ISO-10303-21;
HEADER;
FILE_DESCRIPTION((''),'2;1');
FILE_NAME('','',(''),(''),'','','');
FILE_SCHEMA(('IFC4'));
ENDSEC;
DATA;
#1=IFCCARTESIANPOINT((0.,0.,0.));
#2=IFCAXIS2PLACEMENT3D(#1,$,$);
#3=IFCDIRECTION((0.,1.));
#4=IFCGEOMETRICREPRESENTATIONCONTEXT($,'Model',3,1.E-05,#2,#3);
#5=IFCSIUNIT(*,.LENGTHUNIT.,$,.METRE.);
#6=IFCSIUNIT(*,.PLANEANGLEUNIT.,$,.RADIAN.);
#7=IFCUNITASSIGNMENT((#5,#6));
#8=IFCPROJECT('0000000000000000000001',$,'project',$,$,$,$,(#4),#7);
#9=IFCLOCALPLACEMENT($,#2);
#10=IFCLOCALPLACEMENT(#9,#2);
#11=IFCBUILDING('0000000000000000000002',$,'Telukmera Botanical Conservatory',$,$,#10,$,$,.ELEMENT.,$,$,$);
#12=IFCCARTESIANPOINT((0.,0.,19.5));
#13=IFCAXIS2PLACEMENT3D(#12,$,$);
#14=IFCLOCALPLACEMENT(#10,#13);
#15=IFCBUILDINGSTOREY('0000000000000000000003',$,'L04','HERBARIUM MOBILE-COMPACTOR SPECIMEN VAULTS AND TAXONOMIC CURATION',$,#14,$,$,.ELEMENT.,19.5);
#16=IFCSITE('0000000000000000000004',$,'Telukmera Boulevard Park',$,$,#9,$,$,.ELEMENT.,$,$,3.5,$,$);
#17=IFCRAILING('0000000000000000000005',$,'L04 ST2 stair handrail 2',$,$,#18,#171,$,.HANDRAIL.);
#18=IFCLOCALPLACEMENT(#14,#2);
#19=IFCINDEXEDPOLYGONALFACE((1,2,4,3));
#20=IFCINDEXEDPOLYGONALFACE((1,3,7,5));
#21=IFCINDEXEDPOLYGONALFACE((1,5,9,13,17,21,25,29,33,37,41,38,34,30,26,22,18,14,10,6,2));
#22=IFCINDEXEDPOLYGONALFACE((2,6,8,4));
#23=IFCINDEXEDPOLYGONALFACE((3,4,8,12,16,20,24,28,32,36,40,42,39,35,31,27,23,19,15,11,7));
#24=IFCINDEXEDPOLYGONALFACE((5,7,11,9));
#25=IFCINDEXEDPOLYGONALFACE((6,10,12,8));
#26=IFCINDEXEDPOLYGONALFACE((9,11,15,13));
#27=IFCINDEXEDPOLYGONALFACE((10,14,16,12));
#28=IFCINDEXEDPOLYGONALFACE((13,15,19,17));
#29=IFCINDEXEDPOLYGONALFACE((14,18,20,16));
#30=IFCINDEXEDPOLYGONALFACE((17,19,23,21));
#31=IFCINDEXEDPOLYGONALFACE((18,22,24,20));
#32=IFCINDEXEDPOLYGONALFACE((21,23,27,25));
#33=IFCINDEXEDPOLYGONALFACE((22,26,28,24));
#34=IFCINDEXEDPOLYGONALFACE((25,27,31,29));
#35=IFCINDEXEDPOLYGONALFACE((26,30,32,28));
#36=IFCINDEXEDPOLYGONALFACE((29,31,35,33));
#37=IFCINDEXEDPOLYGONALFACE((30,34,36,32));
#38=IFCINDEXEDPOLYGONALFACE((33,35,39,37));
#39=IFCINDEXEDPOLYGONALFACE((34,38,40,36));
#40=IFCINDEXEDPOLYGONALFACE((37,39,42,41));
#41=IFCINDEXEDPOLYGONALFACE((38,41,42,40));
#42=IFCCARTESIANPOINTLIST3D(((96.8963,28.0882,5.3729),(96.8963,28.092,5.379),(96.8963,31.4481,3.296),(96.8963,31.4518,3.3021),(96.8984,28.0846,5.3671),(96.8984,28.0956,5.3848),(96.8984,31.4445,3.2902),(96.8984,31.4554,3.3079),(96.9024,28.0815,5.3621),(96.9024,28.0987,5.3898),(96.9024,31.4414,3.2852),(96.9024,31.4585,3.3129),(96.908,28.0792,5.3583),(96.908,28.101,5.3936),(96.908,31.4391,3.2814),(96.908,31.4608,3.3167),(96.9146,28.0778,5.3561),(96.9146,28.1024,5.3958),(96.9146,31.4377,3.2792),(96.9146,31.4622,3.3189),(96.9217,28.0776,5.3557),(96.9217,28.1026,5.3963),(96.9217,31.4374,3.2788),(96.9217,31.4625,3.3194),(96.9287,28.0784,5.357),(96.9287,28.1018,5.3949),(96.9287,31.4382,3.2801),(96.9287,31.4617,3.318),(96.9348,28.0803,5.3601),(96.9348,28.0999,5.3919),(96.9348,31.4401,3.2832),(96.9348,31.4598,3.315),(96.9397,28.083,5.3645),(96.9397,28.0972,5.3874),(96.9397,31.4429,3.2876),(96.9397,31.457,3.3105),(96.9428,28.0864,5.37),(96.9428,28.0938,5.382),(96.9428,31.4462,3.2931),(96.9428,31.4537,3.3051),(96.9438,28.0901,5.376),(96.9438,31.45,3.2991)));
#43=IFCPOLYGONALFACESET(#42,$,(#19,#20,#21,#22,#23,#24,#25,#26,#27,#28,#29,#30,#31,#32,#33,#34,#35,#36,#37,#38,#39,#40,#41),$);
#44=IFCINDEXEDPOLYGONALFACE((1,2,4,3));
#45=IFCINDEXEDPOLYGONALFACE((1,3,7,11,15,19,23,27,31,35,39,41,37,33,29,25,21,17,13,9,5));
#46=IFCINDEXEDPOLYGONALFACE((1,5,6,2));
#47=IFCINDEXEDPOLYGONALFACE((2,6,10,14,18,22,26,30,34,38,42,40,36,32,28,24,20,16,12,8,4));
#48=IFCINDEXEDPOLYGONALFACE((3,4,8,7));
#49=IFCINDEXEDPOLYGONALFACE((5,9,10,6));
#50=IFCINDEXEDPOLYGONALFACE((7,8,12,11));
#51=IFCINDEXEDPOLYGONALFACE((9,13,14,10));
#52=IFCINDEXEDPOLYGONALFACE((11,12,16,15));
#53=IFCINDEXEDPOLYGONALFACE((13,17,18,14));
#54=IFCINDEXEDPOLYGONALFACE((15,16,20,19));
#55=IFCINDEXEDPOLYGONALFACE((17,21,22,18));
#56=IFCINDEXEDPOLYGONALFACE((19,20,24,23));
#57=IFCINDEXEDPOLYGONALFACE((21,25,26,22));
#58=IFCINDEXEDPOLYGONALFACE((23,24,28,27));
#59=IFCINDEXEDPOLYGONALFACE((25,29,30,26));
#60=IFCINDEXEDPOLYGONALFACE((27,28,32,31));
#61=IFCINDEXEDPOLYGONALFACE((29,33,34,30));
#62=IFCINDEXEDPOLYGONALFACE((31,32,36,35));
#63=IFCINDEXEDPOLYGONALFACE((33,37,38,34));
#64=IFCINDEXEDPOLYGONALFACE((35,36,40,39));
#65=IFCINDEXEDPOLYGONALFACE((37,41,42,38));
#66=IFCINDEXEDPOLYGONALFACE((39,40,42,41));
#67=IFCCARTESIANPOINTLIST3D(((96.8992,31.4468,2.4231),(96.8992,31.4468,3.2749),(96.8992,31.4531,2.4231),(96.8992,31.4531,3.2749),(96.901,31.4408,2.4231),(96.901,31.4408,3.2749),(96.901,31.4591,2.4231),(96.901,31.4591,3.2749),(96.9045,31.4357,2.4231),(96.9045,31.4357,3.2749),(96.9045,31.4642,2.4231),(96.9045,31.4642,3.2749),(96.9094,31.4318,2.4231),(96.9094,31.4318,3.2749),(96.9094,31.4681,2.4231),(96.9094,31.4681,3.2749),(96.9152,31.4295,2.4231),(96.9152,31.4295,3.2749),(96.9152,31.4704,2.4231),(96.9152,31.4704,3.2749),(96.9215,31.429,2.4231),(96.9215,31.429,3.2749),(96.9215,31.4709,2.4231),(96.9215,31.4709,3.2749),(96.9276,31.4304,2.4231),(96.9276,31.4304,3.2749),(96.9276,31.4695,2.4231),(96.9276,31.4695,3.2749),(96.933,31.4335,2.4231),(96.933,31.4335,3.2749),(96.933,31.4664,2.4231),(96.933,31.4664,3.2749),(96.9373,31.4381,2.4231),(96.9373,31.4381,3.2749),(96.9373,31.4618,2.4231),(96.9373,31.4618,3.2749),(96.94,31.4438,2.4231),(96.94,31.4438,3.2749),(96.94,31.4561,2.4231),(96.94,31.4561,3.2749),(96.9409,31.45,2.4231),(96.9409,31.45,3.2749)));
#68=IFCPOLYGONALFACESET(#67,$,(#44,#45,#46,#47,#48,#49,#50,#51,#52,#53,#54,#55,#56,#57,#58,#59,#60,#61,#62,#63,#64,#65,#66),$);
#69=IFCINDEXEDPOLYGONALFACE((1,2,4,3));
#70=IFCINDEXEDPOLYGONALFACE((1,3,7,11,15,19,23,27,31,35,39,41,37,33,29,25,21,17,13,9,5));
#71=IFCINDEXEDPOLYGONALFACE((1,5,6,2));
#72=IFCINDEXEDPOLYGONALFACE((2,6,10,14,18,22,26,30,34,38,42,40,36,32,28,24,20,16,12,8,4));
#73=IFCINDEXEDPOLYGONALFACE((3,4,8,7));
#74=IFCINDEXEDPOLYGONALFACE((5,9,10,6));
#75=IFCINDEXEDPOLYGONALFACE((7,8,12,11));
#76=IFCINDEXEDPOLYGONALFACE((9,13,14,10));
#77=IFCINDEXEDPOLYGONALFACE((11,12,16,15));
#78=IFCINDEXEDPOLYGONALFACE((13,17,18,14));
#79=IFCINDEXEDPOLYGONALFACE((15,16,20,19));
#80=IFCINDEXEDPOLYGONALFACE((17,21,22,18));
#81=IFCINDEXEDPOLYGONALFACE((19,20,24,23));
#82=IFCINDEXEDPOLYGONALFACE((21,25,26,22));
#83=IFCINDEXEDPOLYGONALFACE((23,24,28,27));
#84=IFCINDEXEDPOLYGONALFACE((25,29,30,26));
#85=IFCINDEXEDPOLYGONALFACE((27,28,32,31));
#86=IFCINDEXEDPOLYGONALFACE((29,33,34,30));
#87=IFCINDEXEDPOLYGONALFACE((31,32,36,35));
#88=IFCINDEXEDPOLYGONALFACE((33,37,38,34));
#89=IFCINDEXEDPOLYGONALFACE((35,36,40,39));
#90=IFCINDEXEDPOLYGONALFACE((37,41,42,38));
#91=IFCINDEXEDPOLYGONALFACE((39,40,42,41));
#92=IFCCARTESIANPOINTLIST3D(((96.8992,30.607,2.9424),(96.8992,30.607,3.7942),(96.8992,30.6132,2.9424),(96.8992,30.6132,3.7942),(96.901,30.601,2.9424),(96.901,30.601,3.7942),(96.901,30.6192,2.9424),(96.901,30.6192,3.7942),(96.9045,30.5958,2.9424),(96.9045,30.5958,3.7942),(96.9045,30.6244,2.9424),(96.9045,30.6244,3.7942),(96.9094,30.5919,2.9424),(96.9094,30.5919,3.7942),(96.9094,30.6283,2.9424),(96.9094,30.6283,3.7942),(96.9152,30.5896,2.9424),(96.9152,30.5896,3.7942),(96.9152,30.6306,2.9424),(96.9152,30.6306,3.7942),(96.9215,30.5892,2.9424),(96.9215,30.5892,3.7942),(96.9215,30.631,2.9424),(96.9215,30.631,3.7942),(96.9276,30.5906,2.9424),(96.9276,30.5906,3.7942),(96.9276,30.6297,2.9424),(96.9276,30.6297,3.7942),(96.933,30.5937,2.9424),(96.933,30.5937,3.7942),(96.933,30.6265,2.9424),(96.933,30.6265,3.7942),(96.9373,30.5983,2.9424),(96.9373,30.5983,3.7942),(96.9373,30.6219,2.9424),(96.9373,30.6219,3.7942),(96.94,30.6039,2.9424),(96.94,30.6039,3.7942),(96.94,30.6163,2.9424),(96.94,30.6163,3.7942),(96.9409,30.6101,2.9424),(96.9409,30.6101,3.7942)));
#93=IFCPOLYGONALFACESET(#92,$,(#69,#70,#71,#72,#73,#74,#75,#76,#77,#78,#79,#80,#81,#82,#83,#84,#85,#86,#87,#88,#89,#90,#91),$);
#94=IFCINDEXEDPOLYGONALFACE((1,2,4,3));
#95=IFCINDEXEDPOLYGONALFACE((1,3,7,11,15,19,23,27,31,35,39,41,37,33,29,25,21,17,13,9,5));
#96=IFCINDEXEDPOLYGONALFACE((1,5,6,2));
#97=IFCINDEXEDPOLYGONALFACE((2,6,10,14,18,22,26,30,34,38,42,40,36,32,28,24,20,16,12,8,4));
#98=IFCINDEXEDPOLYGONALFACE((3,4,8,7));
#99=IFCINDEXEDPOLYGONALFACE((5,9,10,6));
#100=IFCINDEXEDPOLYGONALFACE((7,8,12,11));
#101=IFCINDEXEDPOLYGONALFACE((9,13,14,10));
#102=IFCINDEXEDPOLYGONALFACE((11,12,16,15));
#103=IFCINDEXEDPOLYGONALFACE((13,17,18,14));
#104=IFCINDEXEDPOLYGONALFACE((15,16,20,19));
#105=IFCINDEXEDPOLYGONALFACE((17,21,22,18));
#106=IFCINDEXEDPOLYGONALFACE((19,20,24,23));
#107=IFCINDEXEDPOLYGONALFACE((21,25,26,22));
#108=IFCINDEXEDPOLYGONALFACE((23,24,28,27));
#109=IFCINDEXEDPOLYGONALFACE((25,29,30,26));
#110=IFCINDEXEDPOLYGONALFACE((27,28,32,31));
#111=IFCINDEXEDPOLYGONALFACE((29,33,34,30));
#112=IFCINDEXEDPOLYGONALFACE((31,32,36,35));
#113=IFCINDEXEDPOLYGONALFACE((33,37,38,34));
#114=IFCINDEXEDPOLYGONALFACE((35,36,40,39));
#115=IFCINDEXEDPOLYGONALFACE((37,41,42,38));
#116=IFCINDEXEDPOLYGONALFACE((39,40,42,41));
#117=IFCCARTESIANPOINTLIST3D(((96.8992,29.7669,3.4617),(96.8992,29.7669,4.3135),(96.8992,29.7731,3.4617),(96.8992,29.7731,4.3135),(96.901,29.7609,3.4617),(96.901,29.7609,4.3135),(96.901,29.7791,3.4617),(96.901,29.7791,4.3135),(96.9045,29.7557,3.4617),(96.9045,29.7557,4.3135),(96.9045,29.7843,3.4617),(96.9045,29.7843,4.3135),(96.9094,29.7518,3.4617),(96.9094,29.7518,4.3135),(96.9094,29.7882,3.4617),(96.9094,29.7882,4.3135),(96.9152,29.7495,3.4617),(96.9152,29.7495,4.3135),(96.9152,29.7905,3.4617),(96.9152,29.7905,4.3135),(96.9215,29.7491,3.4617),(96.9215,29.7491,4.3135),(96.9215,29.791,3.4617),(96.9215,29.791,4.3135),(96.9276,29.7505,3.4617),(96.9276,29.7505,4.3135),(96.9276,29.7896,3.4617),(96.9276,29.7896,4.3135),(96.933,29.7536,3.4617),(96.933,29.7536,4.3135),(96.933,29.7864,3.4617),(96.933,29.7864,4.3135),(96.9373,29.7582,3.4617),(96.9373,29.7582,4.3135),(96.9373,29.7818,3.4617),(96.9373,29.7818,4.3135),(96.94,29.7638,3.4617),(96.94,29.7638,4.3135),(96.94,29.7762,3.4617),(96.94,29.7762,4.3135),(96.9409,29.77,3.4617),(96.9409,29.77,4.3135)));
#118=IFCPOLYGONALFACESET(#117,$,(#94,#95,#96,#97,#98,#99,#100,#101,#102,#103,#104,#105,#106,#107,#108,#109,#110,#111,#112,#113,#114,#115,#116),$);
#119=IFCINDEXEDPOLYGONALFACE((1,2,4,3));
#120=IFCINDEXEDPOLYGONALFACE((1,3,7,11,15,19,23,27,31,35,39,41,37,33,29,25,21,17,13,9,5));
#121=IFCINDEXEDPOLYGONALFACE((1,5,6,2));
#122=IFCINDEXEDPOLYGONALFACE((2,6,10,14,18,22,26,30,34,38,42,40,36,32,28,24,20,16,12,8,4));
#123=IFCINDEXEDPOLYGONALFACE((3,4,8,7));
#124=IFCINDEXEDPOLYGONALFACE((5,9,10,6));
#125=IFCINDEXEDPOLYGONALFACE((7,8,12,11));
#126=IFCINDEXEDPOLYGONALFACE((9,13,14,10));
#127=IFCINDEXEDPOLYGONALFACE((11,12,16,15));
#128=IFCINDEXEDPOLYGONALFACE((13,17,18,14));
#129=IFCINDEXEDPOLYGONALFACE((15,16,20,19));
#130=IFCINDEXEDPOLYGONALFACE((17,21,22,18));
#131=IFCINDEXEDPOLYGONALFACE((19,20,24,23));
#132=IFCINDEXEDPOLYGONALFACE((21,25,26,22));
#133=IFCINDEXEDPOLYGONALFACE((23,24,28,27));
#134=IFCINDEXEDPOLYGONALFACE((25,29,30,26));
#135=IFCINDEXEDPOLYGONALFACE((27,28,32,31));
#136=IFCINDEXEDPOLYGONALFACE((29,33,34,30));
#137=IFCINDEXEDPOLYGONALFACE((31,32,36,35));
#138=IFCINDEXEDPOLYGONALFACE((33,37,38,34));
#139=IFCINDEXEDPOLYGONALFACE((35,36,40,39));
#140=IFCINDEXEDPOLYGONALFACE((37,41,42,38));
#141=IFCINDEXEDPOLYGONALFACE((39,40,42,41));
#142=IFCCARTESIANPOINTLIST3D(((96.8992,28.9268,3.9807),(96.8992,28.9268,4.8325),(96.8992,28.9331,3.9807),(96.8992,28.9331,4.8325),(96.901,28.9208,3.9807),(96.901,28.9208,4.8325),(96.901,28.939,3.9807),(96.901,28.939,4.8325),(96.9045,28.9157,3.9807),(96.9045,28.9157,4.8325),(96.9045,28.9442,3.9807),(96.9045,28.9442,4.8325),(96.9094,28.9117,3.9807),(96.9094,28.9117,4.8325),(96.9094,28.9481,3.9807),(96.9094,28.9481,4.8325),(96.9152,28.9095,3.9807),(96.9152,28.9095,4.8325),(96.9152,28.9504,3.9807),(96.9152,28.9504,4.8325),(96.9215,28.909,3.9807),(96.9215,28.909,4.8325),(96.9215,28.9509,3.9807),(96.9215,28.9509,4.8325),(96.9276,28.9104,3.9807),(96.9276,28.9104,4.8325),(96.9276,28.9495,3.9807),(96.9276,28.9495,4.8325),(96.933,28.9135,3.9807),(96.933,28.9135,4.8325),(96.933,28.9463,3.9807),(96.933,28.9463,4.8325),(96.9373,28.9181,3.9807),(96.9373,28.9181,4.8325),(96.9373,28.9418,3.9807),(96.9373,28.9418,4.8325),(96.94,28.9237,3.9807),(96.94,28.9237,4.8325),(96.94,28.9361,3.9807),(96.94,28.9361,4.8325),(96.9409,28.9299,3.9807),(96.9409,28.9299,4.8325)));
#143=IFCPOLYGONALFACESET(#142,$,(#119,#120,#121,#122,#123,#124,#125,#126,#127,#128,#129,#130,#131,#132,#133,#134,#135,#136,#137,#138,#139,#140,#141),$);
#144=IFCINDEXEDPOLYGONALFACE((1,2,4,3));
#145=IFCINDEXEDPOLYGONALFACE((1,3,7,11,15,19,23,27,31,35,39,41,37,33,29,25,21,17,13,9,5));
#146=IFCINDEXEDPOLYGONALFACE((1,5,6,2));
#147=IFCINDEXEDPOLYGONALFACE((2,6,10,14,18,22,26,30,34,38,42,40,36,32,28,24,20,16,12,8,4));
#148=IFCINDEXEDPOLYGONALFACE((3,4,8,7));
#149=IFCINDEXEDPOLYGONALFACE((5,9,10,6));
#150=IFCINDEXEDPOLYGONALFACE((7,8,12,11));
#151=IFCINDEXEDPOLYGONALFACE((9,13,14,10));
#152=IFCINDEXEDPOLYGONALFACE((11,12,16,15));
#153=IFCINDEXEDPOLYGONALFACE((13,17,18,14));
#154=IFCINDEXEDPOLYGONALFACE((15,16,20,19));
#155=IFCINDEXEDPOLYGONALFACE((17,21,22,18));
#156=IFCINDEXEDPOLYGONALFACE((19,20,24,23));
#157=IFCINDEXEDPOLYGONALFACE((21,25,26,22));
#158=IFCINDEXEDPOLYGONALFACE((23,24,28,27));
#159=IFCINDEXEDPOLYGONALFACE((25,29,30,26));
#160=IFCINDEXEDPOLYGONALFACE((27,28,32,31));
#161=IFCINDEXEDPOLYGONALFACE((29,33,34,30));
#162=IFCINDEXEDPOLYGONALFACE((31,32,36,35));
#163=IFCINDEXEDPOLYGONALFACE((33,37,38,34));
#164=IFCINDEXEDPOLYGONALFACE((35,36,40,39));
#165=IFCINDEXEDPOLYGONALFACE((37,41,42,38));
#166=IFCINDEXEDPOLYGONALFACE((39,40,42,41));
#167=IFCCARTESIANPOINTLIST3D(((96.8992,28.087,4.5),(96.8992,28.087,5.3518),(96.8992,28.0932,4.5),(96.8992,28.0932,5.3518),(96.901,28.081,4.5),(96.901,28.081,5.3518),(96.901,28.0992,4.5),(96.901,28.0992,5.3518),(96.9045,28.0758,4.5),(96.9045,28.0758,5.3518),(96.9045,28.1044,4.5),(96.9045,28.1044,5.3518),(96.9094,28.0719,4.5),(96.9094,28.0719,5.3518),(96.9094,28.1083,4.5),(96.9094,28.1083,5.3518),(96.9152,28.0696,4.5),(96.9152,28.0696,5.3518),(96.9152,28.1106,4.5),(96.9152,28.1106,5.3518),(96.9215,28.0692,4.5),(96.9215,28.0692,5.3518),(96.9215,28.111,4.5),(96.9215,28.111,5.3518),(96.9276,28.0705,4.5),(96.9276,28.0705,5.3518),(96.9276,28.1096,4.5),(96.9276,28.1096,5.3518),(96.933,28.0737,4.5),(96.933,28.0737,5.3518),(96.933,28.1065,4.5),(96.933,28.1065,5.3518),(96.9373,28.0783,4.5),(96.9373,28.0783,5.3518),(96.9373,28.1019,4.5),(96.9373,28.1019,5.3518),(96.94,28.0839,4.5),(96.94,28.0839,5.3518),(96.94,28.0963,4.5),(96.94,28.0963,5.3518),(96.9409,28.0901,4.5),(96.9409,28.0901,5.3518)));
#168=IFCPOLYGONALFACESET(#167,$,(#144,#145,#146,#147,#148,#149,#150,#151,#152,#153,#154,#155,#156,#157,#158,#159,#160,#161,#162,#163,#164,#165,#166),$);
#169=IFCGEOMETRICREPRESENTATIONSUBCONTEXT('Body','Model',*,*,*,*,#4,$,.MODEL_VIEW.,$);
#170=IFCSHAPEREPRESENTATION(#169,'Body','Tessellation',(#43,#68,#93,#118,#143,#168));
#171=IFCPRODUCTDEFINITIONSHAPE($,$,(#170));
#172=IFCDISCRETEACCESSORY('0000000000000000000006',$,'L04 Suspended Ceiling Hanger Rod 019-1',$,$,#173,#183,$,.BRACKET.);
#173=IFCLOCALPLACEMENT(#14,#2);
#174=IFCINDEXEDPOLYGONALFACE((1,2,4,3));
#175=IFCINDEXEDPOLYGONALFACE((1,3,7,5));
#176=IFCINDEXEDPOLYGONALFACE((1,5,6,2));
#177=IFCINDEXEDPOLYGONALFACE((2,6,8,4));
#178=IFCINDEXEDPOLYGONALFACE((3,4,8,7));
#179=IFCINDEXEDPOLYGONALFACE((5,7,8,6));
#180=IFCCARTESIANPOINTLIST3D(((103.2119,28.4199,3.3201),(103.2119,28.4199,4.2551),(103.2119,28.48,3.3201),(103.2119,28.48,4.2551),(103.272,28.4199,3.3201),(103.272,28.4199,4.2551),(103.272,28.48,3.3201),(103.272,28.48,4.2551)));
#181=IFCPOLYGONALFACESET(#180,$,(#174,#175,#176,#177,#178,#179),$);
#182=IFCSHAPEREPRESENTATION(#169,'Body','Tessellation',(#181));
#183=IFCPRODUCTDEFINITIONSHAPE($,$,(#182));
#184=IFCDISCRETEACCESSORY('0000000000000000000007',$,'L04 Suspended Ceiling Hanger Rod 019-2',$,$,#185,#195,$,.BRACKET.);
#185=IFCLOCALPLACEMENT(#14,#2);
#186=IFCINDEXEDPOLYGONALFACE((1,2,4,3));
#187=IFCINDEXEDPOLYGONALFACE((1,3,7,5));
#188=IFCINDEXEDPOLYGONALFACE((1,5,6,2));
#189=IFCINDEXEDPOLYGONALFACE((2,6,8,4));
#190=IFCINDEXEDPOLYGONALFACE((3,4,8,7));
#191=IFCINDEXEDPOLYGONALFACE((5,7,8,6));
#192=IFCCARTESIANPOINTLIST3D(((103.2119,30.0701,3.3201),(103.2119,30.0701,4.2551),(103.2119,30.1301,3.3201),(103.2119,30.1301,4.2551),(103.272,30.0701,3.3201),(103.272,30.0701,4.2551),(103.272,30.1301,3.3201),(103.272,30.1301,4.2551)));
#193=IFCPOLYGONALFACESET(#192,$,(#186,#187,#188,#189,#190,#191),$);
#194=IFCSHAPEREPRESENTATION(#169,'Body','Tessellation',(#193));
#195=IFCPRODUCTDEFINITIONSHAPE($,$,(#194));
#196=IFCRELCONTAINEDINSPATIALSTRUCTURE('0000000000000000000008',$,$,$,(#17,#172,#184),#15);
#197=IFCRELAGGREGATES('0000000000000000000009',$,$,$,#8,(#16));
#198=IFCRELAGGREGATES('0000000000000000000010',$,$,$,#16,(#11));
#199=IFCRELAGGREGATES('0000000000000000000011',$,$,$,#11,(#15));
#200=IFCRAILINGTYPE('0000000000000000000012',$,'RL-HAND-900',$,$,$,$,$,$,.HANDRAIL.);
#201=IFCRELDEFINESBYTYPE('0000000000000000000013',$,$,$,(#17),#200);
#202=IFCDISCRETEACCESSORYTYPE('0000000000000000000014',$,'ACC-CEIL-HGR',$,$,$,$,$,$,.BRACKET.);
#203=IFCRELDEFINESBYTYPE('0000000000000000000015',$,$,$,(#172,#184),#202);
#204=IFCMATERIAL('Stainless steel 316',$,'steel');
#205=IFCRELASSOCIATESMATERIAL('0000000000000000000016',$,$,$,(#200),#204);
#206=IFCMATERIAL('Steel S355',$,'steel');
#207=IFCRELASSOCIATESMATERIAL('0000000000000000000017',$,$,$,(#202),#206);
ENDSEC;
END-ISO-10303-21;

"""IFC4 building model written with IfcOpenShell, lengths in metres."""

from ifc_helpers import new_model, si_unit, direction, frame, origin, origin_2d, place, context, subcontext, project, spatial, rectangle, circle, extrude, material, type_object, element, save


model = new_model("IFC4")

# Units and contexts
model_context = context("Model", 3, precision=1e-05, world=origin(), true_north=direction((0.0, 1.0)))
body_context = subcontext(model_context, "Body", "Model", "MODEL_VIEW")
ifc_project = project(units=[si_unit("LENGTHUNIT", "METRE"), si_unit("PLANEANGLEUNIT", "RADIAN")], contexts=[model_context])

# Site, building, storey
site_placement = place(None, origin())
site = spatial("IfcSite", under=ifc_project, at=site_placement, Name="Telukmera Boulevard Park", CompositionType="ELEMENT", RefElevation=3.5)
building_placement = place(site_placement, origin())
building = spatial("IfcBuilding", under=site, at=building_placement, Name="Telukmera Botanical Conservatory", CompositionType="ELEMENT")
storey_placement = place(building_placement, frame((0.0, 0.0, 19.5)))
storey = spatial("IfcBuildingStorey", under=building, at=storey_placement, Name="L04", Description="HERBARIUM MOBILE-COMPACTOR SPECIMEN VAULTS AND TAXONOMIC CURATION", CompositionType="ELEMENT", Elevation=19.5)

# Railing
ifc_material_1 = material(Name="Steel S355", Category="steel")
ifc_material_2 = material(Name="Stainless steel 316", Category="steel")
railing_type_1 = type_object("IfcRailingType", Name="RL-HAND-900", PredefinedType="HANDRAIL", material=ifc_material_2)
railing_1_placement = place(storey_placement, frame((96.9199, 31.45, 2.4231)))
element("IfcRailing", 1, at=railing_1_placement, inside=storey, type_object=railing_type_1, Name="L04 ST2 stair handrail 2", PredefinedType="HANDRAIL", context=body_context, shape_type="SweptSolid", body=[
    extrude(circle(Radius=0.0239, at=origin_2d()), frame((0.0, 0.0, 0.876), z_axis=(0.0, -0.850606, 0.525803), x_axis=(1.0, 0.0, 0.0)), (0.0, 0.0, 1.0), 3.95),
    extrude(circle(Radius=0.021, at=origin_2d()), origin(), (0.0, 0.0, 1.0), 0.8518),
    extrude(circle(Radius=0.021, at=origin_2d()), frame((0.0, -0.8398, 0.5193)), (0.0, 0.0, 1.0), 0.8518),
    extrude(circle(Radius=0.021, at=origin_2d()), frame((0.0, -1.6799, 1.0386)), (0.0, 0.0, 1.0), 0.8518),
    extrude(circle(Radius=0.021, at=origin_2d()), frame((0.0, -2.52, 1.5576)), (0.0, 0.0, 1.0), 0.8518),
    extrude(circle(Radius=0.021, at=origin_2d()), frame((0.0, -3.3599, 2.0769)), (0.0, 0.0, 1.0), 0.8518),
])

# Discrete accessories
discrete_accessory_type = type_object("IfcDiscreteAccessoryType", Name="ACC-CEIL-HGR", PredefinedType="BRACKET", material=ifc_material_1)
for number, where, z_axis, x_axis, name in (
    (2, (103.2419, 28.45, 3.3201), (0.0, 0.0, 1.0), (1.0, 0.0, 0.0), "L04 Suspended Ceiling Hanger Rod 019-1"),
    (3, (103.2419, 30.1001, 3.3201), (0.0, 0.0, 1.0), (1.0, 0.0, 0.0), "L04 Suspended Ceiling Hanger Rod 019-2"),
):
    element("IfcDiscreteAccessory", number, at=place(storey_placement, frame(where, z_axis=z_axis, x_axis=x_axis)), inside=storey, type_object=discrete_accessory_type, Name=name, PredefinedType="BRACKET", context=body_context, shape_type="SweptSolid", body=[
        extrude(rectangle(XDim=0.0601, YDim=0.0601, at=origin_2d()), origin(), (0.0, 0.0, 1.0), 0.9351),
    ])

save(model, "model.ifc")
